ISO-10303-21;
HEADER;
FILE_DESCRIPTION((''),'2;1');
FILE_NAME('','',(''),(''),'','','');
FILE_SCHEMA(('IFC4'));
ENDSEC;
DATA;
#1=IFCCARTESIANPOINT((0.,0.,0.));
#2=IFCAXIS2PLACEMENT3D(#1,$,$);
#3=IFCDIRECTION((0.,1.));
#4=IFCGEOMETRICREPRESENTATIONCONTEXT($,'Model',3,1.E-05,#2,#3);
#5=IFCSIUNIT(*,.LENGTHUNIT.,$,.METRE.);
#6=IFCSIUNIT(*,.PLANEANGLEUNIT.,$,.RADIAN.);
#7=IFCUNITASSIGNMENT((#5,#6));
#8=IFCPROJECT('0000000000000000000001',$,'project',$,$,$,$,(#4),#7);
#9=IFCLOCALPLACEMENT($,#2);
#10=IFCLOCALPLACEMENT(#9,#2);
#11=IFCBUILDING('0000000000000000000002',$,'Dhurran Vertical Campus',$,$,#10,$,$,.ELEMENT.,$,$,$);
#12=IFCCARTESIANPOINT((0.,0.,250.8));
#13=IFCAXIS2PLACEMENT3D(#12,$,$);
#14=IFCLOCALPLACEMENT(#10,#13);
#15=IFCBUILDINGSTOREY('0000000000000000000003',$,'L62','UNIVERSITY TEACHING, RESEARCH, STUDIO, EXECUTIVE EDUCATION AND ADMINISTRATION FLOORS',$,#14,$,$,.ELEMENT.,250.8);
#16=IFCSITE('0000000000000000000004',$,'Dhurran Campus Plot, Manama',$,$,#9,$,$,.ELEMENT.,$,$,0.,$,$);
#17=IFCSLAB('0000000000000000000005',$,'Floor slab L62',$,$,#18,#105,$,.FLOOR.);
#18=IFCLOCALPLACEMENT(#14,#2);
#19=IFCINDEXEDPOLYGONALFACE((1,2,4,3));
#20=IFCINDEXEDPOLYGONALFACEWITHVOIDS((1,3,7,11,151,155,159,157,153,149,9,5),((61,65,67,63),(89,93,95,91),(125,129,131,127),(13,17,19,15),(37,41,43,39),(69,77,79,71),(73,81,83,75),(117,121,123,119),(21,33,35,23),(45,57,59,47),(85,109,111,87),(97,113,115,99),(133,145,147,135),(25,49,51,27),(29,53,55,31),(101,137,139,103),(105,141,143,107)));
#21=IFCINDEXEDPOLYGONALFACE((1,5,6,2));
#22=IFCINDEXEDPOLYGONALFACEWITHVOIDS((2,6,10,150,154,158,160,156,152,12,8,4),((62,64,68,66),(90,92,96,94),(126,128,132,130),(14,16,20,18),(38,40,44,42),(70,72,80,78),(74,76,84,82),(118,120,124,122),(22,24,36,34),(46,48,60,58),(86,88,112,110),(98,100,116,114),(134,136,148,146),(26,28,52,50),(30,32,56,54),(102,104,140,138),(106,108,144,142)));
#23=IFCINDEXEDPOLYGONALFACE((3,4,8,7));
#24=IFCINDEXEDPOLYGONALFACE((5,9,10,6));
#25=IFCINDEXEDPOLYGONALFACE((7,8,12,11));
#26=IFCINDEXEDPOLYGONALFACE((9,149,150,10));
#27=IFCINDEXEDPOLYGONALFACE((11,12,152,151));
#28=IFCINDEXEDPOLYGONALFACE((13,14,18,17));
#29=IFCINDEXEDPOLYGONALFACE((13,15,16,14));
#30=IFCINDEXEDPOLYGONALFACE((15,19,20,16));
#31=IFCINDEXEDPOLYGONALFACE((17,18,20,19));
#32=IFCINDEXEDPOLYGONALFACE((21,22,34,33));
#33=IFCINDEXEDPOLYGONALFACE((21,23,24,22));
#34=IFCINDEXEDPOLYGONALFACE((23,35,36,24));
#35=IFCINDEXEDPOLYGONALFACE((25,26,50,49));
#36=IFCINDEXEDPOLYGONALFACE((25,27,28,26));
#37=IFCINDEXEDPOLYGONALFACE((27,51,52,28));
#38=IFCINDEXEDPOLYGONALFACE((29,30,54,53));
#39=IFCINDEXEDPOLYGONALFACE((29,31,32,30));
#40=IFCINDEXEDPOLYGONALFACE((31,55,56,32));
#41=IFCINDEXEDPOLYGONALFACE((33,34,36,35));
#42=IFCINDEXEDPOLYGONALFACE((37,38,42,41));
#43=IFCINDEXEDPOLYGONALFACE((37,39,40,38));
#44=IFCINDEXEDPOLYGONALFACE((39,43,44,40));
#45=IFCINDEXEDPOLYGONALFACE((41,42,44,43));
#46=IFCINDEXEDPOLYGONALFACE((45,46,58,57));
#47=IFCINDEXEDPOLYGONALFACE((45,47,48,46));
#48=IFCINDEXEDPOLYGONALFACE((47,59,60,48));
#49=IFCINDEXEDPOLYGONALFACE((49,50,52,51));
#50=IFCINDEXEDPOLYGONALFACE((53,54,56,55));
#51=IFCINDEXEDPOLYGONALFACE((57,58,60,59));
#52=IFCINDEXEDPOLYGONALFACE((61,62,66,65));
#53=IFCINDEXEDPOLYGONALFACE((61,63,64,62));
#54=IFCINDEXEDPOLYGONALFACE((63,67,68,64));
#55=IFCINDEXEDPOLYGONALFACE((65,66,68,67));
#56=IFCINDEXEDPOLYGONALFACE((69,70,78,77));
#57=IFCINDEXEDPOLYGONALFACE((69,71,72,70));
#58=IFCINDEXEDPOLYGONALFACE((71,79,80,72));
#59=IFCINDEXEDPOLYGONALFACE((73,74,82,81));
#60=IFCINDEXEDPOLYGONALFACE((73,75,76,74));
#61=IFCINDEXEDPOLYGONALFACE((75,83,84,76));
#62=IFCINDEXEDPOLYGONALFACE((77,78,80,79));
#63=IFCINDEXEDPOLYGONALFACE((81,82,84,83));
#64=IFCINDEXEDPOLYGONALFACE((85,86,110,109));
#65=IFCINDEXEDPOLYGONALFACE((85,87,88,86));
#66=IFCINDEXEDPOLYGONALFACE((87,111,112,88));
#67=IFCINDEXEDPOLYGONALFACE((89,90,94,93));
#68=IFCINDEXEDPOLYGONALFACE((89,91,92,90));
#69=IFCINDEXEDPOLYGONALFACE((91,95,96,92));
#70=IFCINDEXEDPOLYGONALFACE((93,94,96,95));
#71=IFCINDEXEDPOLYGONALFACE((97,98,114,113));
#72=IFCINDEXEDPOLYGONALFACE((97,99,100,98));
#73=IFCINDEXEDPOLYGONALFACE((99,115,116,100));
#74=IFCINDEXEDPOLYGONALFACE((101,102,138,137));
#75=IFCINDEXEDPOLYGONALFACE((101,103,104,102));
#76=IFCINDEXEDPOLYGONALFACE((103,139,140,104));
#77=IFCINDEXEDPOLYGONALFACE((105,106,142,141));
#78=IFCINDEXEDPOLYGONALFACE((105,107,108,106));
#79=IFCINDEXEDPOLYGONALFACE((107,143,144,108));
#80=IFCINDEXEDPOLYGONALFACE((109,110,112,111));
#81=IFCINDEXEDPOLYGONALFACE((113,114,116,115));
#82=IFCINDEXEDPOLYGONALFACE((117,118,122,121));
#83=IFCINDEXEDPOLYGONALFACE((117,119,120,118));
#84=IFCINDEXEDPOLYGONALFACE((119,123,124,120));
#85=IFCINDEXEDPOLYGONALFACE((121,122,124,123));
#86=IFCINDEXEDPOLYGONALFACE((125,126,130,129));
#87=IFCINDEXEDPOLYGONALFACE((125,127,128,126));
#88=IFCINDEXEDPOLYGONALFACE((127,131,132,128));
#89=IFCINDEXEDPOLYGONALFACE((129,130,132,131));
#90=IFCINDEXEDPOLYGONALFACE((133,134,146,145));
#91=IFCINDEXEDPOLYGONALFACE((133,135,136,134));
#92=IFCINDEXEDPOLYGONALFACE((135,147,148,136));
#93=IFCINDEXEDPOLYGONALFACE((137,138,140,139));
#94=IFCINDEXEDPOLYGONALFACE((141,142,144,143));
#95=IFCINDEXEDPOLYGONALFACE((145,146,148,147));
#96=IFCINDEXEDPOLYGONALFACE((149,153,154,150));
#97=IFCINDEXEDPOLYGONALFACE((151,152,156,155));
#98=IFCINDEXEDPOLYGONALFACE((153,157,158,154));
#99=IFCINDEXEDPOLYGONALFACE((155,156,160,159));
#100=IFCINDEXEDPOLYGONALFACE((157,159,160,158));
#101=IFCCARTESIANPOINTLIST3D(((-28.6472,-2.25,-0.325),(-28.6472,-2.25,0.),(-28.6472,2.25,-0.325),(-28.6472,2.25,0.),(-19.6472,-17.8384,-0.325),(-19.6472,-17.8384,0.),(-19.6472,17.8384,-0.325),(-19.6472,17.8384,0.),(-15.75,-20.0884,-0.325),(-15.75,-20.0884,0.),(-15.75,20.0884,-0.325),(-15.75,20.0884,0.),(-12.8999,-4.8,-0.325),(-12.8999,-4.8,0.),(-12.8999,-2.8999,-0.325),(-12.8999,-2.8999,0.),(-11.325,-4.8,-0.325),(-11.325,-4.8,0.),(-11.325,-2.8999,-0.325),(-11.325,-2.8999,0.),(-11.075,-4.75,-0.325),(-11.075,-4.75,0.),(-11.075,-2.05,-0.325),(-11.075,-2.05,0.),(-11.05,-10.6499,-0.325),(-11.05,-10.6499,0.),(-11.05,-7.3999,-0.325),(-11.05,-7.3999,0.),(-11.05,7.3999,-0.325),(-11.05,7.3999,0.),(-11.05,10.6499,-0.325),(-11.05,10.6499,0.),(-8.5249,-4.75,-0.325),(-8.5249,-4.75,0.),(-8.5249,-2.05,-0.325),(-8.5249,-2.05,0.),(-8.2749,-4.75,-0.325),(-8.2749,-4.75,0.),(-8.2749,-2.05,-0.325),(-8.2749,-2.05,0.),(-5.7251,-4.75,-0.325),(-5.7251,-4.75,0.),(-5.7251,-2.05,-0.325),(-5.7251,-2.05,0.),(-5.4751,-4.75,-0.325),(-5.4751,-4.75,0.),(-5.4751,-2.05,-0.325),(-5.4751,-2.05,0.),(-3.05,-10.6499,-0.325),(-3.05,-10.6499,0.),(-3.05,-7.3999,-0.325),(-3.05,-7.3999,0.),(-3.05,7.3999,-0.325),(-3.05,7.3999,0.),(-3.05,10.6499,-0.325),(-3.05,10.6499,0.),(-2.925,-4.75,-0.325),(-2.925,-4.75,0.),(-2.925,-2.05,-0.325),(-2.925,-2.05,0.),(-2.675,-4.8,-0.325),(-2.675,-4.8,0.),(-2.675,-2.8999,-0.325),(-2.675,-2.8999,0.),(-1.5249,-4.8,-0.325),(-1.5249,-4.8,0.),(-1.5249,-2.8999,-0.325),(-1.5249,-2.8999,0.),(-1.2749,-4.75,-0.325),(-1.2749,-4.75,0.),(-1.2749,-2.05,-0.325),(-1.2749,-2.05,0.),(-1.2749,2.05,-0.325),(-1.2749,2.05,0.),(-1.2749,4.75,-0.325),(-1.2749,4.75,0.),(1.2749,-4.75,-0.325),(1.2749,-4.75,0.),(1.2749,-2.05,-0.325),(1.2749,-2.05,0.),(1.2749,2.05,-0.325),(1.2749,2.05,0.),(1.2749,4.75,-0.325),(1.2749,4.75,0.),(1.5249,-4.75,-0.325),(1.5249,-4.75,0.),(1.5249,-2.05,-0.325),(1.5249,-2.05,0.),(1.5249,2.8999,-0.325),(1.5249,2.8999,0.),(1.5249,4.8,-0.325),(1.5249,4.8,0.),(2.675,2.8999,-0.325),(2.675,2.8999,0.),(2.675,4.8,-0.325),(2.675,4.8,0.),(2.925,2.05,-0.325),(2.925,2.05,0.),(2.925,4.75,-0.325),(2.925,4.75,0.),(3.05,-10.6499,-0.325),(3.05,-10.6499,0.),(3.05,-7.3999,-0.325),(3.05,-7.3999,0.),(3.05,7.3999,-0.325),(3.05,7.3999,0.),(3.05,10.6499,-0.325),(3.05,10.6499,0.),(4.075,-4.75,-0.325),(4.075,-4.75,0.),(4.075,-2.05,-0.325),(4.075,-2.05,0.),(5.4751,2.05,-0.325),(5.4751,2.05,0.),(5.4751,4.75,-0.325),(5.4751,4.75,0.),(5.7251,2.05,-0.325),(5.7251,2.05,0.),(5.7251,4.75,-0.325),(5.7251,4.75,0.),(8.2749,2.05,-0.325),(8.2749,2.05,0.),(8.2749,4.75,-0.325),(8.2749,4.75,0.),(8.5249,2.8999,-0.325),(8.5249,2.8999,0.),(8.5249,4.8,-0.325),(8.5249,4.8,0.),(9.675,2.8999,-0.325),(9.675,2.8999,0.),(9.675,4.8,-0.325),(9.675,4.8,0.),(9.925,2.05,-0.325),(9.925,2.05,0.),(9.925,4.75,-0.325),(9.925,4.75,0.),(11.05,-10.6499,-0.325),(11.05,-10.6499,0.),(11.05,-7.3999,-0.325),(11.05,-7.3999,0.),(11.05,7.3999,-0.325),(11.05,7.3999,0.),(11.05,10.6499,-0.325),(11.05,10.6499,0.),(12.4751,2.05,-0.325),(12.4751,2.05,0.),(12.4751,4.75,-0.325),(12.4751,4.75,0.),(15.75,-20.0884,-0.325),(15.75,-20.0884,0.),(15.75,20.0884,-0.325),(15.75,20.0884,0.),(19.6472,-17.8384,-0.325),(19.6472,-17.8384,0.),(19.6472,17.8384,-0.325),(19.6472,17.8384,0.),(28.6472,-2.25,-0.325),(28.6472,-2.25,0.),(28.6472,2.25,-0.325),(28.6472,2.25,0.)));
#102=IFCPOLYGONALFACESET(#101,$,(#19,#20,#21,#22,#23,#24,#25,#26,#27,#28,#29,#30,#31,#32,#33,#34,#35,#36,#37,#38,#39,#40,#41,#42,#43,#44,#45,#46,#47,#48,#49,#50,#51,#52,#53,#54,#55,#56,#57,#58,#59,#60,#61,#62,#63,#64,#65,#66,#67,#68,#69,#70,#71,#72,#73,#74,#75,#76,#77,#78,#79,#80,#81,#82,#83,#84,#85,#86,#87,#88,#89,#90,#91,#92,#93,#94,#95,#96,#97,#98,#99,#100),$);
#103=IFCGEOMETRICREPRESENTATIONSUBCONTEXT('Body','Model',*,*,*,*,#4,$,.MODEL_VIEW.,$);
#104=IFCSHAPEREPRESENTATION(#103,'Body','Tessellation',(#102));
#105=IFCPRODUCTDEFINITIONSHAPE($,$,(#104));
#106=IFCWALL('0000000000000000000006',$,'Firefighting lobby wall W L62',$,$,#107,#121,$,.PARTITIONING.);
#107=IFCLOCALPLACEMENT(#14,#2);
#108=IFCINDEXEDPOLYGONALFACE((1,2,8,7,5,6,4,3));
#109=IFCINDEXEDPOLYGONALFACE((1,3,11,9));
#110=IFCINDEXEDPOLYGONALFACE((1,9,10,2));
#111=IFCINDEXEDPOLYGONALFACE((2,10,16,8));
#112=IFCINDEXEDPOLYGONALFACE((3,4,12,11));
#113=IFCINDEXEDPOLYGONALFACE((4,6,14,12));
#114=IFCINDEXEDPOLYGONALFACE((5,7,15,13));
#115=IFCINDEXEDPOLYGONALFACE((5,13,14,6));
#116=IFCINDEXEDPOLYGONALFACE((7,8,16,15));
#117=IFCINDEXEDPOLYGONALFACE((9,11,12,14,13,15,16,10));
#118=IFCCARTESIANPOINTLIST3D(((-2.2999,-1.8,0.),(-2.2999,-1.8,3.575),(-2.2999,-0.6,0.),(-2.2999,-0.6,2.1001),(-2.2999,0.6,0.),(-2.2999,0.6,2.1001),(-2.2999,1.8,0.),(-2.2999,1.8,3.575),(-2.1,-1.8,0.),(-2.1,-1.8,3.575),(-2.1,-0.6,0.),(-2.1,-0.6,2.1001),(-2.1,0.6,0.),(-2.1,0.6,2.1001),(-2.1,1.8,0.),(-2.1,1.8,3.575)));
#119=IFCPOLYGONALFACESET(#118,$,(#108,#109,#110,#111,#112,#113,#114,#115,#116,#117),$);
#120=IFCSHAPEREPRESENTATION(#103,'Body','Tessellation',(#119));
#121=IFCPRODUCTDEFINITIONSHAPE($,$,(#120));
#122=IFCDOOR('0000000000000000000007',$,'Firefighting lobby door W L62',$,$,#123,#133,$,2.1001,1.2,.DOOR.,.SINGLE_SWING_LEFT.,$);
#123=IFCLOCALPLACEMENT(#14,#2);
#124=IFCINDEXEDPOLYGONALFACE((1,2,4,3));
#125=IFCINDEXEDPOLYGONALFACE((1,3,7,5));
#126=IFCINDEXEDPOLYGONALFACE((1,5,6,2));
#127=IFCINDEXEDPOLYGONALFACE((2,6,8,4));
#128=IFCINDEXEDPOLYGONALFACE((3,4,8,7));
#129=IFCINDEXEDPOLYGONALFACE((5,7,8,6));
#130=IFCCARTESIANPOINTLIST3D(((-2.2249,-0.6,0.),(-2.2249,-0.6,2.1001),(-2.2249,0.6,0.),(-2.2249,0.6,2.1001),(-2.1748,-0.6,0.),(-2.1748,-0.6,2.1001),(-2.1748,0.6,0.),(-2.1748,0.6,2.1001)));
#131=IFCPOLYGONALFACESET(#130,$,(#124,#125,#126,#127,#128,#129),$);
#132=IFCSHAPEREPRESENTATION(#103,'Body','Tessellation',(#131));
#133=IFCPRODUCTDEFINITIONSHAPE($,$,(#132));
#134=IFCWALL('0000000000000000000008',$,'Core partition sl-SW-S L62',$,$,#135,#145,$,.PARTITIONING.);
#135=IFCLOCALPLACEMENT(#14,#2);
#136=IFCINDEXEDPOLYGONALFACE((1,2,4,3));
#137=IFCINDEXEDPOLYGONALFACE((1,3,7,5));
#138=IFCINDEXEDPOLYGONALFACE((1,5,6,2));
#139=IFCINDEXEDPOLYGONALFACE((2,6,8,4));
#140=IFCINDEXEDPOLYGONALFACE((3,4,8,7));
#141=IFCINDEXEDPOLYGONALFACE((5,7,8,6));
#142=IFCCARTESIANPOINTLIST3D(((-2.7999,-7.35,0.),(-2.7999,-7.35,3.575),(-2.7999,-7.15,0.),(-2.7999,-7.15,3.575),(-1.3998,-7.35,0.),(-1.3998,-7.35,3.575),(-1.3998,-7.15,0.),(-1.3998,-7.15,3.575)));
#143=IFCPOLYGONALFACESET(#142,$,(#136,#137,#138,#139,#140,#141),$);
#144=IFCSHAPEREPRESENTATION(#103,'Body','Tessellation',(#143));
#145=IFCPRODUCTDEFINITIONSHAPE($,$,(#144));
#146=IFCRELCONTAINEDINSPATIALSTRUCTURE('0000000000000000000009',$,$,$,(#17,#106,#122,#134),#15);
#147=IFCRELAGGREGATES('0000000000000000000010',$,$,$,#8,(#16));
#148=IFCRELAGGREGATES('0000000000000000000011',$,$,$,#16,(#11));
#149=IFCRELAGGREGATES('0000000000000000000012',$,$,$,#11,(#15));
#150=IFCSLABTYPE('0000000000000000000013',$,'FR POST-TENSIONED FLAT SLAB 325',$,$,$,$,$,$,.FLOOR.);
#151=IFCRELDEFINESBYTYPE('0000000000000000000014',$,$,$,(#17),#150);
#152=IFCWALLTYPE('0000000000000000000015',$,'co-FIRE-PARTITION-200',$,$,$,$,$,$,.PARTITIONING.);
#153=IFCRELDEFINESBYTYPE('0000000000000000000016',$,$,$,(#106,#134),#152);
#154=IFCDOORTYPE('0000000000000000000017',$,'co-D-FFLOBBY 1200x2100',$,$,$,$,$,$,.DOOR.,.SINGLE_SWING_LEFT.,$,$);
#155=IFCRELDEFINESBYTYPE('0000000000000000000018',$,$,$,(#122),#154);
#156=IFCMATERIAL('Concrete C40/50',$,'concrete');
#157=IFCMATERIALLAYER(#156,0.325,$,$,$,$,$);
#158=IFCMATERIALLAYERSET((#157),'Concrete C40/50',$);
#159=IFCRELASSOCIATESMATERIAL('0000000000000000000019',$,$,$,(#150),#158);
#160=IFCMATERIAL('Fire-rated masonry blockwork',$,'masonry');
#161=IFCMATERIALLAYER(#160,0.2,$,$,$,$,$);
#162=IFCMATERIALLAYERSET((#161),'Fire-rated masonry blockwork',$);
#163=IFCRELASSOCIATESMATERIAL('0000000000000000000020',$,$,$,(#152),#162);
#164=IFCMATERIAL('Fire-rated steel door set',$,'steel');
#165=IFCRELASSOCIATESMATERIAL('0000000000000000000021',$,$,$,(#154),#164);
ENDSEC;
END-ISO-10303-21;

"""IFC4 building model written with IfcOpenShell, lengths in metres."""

from ifc_helpers import new_model, si_unit, direction, frame, frame_2d, origin, place, context, subcontext, project, spatial, polyline, rectangle, outline, extrude, material, layer, layer_set, type_object, element, fill, save


model = new_model("IFC4")

# Units and contexts
model_context = context("Model", 3, precision=1e-05, world=origin(), true_north=direction((0.0, 1.0)))
body_context = subcontext(model_context, "Body", "Model", "MODEL_VIEW")
ifc_project = project(units=[si_unit("LENGTHUNIT", "METRE"), si_unit("PLANEANGLEUNIT", "RADIAN")], contexts=[model_context])

# Site, building, storey
site_placement = place(None, origin())
site = spatial("IfcSite", under=ifc_project, at=site_placement, Name="Dhurran Campus Plot, Manama", CompositionType="ELEMENT", RefElevation=0.0)
building_placement = place(site_placement, origin())
building = spatial("IfcBuilding", under=site, at=building_placement, Name="Dhurran Vertical Campus", CompositionType="ELEMENT")
storey_placement = place(building_placement, frame((0.0, 0.0, 250.8)))
storey = spatial("IfcBuildingStorey", under=building, at=storey_placement, Name="L62", Description="UNIVERSITY TEACHING, RESEARCH, STUDIO, EXECUTIVE EDUCATION AND ADMINISTRATION FLOORS", CompositionType="ELEMENT", Elevation=250.8)

# Slab
ifc_material_1 = material(Name="Concrete C40/50", Category="concrete")
ifc_layer_1 = layer(ifc_material_1, 0.325)
ifc_layer_set_1 = layer_set([ifc_layer_1], Name="Concrete C40/50")
slab_type = type_object("IfcSlabType", Name="FR POST-TENSIONED FLAT SLAB 325", PredefinedType="FLOOR", material=ifc_layer_set_1)
slab_placement = place(storey_placement, frame((0.0, 0.0, -0.325)))
element("IfcSlab", 1, at=slab_placement, inside=storey, type_object=slab_type, Name="Floor slab L62", PredefinedType="FLOOR", context=body_context, shape_type="SweptSolid", body=[
    extrude(outline(polyline([(-15.75, -20.0884), (15.75, -20.0884), (19.6472, -17.8384), (28.6472, -2.25), (28.6472, 2.25), (19.6472, 17.8384), (15.75, 20.0884), (-15.75, 20.0884), (-19.6472, 17.8384), (-28.6472, 2.25), (-28.6472, -2.25), (-19.6472, -17.8384), (-15.75, -20.0884)]), holes=[polyline([(-1.2749, 2.05), (1.2749, 2.05), (1.2749, 4.75), (-1.2749, 4.75), (-1.2749, 2.05)]), polyline([(9.925, 2.05), (12.4751, 2.05), (12.4751, 4.75), (9.925, 4.75), (9.925, 2.05)]), polyline([(-1.2749, -4.75), (1.2749, -4.75), (1.2749, -2.05), (-1.2749, -2.05), (-1.2749, -4.75)]), polyline([(1.5249, -4.75), (4.075, -4.75), (4.075, -2.05), (1.5249, -2.05), (1.5249, -4.75)]), polyline([(2.925, 2.05), (5.4751, 2.05), (5.4751, 4.75), (2.925, 4.75), (2.925, 2.05)]), polyline([(5.7251, 2.05), (8.2749, 2.05), (8.2749, 4.75), (5.7251, 4.75), (5.7251, 2.05)]), polyline([(-11.075, -4.75), (-8.5249, -4.75), (-8.5249, -2.05), (-11.075, -2.05), (-11.075, -4.75)]), polyline([(-8.2749, -4.75), (-5.7251, -4.75), (-5.7251, -2.05), (-8.2749, -2.05), (-8.2749, -4.75)]), polyline([(-5.4751, -4.75), (-2.925, -4.75), (-2.925, -2.05), (-5.4751, -2.05), (-5.4751, -4.75)]), polyline([(-11.05, 7.3999), (-3.05, 7.3999), (-3.05, 10.6499), (-11.05, 10.6499), (-11.05, 7.3999)]), polyline([(3.05, 7.3999), (11.05, 7.3999), (11.05, 10.6499), (3.05, 10.6499), (3.05, 7.3999)]), polyline([(-11.05, -10.6499), (-3.05, -10.6499), (-3.05, -7.3999), (-11.05, -7.3999), (-11.05, -10.6499)]), polyline([(3.05, -10.6499), (11.05, -10.6499), (11.05, -7.3999), (3.05, -7.3999), (3.05, -10.6499)]), polyline([(2.675, 2.8999), (1.5249, 2.8999), (1.5249, 4.8), (2.675, 4.8), (2.675, 2.8999)]), polyline([(-12.8999, -2.8999), (-11.325, -2.8999), (-11.325, -4.8), (-12.8999, -4.8), (-12.8999, -2.8999)]), polyline([(-2.675, -2.8999), (-1.5249, -2.8999), (-1.5249, -4.8), (-2.675, -4.8), (-2.675, -2.8999)]), polyline([(9.675, 2.8999), (8.5249, 2.8999), (8.5249, 4.8), (9.675, 4.8), (9.675, 2.8999)])]), origin(), (0.0, 0.0, 1.0), 0.325),
])

# Wall, opening, door
ifc_material_2 = material(Name="Fire-rated masonry blockwork", Category="masonry")
ifc_layer_2 = layer(ifc_material_2, 0.2)
ifc_layer_set_2 = layer_set([ifc_layer_2], Name="Fire-rated masonry blockwork")
wall_type_1 = type_object("IfcWallType", Name="co-FIRE-PARTITION-200", PredefinedType="PARTITIONING", material=ifc_layer_set_2)
wall_1_placement = place(storey_placement, frame((-2.2, -1.8, 0.0), z_axis=(0.0, 0.0, 1.0), x_axis=(0.0, 1.0, 0.0)))
wall_1 = element("IfcWall", 2, at=wall_1_placement, inside=storey, type_object=wall_type_1, Name="Firefighting lobby wall W L62", PredefinedType="PARTITIONING", context=body_context, shape_type="SweptSolid", body=[
    extrude(rectangle(XDim=3.6001, YDim=0.2, at=frame_2d((1.8, 0.0))), origin(), (0.0, 0.0, 1.0), 3.575),
])
opening_1_placement = place(wall_1_placement, frame((1.2, 0.0, 0.0)))
opening_1 = element("IfcOpeningElement", 3, at=opening_1_placement, cuts=wall_1, PredefinedType="OPENING", context=body_context, shape_type="SweptSolid", body=[
    extrude(rectangle(XDim=1.2, YDim=2.1001, at=frame_2d((0.6001, 1.05))), frame((0.0, 0.1099, 0.0), z_axis=(0.0, -1.0, 0.0), x_axis=(1.0, 0.0, 0.0)), (0.0, 0.0, 1.0), 0.22),
])
ifc_material_3 = material(Name="Fire-rated steel door set", Category="steel")
door_type_1 = type_object("IfcDoorType", Name="co-D-FFLOBBY 1200x2100", OperationType="SINGLE_SWING_LEFT", PredefinedType="DOOR", material=ifc_material_3)
door_1_placement = place(opening_1_placement, origin())
door_1 = element("IfcDoor", 4, at=door_1_placement, inside=storey, type_object=door_type_1, Name="Firefighting lobby door W L62", OperationType="SINGLE_SWING_LEFT", OverallHeight=2.1001, OverallWidth=1.2, PredefinedType="DOOR", context=body_context, shape_type="SweptSolid", body=[
    extrude(rectangle(XDim=1.2, YDim=2.1001, at=frame_2d((0.6001, 1.05))), frame((0.0, 0.0249, 0.0), z_axis=(0.0, -1.0, 0.0), x_axis=(1.0, 0.0, 0.0)), (0.0, 0.0, 1.0), 0.05),
])
fill(opening_1, door_1)

# Wall
wall_2_placement = place(storey_placement, frame((-2.8, -7.25, 0.0), z_axis=(0.0, 0.0, 1.0), x_axis=(1.0, 0.0, 0.0)))
element("IfcWall", 5, at=wall_2_placement, inside=storey, type_object=wall_type_1, Name="Core partition sl-SW-S L62", PredefinedType="PARTITIONING", context=body_context, shape_type="SweptSolid", body=[
    extrude(rectangle(XDim=1.4001, YDim=0.2, at=frame_2d((0.7002, 0.0))), origin(), (0.0, 0.0, 1.0), 3.575),
])

save(model, "model.ifc")
